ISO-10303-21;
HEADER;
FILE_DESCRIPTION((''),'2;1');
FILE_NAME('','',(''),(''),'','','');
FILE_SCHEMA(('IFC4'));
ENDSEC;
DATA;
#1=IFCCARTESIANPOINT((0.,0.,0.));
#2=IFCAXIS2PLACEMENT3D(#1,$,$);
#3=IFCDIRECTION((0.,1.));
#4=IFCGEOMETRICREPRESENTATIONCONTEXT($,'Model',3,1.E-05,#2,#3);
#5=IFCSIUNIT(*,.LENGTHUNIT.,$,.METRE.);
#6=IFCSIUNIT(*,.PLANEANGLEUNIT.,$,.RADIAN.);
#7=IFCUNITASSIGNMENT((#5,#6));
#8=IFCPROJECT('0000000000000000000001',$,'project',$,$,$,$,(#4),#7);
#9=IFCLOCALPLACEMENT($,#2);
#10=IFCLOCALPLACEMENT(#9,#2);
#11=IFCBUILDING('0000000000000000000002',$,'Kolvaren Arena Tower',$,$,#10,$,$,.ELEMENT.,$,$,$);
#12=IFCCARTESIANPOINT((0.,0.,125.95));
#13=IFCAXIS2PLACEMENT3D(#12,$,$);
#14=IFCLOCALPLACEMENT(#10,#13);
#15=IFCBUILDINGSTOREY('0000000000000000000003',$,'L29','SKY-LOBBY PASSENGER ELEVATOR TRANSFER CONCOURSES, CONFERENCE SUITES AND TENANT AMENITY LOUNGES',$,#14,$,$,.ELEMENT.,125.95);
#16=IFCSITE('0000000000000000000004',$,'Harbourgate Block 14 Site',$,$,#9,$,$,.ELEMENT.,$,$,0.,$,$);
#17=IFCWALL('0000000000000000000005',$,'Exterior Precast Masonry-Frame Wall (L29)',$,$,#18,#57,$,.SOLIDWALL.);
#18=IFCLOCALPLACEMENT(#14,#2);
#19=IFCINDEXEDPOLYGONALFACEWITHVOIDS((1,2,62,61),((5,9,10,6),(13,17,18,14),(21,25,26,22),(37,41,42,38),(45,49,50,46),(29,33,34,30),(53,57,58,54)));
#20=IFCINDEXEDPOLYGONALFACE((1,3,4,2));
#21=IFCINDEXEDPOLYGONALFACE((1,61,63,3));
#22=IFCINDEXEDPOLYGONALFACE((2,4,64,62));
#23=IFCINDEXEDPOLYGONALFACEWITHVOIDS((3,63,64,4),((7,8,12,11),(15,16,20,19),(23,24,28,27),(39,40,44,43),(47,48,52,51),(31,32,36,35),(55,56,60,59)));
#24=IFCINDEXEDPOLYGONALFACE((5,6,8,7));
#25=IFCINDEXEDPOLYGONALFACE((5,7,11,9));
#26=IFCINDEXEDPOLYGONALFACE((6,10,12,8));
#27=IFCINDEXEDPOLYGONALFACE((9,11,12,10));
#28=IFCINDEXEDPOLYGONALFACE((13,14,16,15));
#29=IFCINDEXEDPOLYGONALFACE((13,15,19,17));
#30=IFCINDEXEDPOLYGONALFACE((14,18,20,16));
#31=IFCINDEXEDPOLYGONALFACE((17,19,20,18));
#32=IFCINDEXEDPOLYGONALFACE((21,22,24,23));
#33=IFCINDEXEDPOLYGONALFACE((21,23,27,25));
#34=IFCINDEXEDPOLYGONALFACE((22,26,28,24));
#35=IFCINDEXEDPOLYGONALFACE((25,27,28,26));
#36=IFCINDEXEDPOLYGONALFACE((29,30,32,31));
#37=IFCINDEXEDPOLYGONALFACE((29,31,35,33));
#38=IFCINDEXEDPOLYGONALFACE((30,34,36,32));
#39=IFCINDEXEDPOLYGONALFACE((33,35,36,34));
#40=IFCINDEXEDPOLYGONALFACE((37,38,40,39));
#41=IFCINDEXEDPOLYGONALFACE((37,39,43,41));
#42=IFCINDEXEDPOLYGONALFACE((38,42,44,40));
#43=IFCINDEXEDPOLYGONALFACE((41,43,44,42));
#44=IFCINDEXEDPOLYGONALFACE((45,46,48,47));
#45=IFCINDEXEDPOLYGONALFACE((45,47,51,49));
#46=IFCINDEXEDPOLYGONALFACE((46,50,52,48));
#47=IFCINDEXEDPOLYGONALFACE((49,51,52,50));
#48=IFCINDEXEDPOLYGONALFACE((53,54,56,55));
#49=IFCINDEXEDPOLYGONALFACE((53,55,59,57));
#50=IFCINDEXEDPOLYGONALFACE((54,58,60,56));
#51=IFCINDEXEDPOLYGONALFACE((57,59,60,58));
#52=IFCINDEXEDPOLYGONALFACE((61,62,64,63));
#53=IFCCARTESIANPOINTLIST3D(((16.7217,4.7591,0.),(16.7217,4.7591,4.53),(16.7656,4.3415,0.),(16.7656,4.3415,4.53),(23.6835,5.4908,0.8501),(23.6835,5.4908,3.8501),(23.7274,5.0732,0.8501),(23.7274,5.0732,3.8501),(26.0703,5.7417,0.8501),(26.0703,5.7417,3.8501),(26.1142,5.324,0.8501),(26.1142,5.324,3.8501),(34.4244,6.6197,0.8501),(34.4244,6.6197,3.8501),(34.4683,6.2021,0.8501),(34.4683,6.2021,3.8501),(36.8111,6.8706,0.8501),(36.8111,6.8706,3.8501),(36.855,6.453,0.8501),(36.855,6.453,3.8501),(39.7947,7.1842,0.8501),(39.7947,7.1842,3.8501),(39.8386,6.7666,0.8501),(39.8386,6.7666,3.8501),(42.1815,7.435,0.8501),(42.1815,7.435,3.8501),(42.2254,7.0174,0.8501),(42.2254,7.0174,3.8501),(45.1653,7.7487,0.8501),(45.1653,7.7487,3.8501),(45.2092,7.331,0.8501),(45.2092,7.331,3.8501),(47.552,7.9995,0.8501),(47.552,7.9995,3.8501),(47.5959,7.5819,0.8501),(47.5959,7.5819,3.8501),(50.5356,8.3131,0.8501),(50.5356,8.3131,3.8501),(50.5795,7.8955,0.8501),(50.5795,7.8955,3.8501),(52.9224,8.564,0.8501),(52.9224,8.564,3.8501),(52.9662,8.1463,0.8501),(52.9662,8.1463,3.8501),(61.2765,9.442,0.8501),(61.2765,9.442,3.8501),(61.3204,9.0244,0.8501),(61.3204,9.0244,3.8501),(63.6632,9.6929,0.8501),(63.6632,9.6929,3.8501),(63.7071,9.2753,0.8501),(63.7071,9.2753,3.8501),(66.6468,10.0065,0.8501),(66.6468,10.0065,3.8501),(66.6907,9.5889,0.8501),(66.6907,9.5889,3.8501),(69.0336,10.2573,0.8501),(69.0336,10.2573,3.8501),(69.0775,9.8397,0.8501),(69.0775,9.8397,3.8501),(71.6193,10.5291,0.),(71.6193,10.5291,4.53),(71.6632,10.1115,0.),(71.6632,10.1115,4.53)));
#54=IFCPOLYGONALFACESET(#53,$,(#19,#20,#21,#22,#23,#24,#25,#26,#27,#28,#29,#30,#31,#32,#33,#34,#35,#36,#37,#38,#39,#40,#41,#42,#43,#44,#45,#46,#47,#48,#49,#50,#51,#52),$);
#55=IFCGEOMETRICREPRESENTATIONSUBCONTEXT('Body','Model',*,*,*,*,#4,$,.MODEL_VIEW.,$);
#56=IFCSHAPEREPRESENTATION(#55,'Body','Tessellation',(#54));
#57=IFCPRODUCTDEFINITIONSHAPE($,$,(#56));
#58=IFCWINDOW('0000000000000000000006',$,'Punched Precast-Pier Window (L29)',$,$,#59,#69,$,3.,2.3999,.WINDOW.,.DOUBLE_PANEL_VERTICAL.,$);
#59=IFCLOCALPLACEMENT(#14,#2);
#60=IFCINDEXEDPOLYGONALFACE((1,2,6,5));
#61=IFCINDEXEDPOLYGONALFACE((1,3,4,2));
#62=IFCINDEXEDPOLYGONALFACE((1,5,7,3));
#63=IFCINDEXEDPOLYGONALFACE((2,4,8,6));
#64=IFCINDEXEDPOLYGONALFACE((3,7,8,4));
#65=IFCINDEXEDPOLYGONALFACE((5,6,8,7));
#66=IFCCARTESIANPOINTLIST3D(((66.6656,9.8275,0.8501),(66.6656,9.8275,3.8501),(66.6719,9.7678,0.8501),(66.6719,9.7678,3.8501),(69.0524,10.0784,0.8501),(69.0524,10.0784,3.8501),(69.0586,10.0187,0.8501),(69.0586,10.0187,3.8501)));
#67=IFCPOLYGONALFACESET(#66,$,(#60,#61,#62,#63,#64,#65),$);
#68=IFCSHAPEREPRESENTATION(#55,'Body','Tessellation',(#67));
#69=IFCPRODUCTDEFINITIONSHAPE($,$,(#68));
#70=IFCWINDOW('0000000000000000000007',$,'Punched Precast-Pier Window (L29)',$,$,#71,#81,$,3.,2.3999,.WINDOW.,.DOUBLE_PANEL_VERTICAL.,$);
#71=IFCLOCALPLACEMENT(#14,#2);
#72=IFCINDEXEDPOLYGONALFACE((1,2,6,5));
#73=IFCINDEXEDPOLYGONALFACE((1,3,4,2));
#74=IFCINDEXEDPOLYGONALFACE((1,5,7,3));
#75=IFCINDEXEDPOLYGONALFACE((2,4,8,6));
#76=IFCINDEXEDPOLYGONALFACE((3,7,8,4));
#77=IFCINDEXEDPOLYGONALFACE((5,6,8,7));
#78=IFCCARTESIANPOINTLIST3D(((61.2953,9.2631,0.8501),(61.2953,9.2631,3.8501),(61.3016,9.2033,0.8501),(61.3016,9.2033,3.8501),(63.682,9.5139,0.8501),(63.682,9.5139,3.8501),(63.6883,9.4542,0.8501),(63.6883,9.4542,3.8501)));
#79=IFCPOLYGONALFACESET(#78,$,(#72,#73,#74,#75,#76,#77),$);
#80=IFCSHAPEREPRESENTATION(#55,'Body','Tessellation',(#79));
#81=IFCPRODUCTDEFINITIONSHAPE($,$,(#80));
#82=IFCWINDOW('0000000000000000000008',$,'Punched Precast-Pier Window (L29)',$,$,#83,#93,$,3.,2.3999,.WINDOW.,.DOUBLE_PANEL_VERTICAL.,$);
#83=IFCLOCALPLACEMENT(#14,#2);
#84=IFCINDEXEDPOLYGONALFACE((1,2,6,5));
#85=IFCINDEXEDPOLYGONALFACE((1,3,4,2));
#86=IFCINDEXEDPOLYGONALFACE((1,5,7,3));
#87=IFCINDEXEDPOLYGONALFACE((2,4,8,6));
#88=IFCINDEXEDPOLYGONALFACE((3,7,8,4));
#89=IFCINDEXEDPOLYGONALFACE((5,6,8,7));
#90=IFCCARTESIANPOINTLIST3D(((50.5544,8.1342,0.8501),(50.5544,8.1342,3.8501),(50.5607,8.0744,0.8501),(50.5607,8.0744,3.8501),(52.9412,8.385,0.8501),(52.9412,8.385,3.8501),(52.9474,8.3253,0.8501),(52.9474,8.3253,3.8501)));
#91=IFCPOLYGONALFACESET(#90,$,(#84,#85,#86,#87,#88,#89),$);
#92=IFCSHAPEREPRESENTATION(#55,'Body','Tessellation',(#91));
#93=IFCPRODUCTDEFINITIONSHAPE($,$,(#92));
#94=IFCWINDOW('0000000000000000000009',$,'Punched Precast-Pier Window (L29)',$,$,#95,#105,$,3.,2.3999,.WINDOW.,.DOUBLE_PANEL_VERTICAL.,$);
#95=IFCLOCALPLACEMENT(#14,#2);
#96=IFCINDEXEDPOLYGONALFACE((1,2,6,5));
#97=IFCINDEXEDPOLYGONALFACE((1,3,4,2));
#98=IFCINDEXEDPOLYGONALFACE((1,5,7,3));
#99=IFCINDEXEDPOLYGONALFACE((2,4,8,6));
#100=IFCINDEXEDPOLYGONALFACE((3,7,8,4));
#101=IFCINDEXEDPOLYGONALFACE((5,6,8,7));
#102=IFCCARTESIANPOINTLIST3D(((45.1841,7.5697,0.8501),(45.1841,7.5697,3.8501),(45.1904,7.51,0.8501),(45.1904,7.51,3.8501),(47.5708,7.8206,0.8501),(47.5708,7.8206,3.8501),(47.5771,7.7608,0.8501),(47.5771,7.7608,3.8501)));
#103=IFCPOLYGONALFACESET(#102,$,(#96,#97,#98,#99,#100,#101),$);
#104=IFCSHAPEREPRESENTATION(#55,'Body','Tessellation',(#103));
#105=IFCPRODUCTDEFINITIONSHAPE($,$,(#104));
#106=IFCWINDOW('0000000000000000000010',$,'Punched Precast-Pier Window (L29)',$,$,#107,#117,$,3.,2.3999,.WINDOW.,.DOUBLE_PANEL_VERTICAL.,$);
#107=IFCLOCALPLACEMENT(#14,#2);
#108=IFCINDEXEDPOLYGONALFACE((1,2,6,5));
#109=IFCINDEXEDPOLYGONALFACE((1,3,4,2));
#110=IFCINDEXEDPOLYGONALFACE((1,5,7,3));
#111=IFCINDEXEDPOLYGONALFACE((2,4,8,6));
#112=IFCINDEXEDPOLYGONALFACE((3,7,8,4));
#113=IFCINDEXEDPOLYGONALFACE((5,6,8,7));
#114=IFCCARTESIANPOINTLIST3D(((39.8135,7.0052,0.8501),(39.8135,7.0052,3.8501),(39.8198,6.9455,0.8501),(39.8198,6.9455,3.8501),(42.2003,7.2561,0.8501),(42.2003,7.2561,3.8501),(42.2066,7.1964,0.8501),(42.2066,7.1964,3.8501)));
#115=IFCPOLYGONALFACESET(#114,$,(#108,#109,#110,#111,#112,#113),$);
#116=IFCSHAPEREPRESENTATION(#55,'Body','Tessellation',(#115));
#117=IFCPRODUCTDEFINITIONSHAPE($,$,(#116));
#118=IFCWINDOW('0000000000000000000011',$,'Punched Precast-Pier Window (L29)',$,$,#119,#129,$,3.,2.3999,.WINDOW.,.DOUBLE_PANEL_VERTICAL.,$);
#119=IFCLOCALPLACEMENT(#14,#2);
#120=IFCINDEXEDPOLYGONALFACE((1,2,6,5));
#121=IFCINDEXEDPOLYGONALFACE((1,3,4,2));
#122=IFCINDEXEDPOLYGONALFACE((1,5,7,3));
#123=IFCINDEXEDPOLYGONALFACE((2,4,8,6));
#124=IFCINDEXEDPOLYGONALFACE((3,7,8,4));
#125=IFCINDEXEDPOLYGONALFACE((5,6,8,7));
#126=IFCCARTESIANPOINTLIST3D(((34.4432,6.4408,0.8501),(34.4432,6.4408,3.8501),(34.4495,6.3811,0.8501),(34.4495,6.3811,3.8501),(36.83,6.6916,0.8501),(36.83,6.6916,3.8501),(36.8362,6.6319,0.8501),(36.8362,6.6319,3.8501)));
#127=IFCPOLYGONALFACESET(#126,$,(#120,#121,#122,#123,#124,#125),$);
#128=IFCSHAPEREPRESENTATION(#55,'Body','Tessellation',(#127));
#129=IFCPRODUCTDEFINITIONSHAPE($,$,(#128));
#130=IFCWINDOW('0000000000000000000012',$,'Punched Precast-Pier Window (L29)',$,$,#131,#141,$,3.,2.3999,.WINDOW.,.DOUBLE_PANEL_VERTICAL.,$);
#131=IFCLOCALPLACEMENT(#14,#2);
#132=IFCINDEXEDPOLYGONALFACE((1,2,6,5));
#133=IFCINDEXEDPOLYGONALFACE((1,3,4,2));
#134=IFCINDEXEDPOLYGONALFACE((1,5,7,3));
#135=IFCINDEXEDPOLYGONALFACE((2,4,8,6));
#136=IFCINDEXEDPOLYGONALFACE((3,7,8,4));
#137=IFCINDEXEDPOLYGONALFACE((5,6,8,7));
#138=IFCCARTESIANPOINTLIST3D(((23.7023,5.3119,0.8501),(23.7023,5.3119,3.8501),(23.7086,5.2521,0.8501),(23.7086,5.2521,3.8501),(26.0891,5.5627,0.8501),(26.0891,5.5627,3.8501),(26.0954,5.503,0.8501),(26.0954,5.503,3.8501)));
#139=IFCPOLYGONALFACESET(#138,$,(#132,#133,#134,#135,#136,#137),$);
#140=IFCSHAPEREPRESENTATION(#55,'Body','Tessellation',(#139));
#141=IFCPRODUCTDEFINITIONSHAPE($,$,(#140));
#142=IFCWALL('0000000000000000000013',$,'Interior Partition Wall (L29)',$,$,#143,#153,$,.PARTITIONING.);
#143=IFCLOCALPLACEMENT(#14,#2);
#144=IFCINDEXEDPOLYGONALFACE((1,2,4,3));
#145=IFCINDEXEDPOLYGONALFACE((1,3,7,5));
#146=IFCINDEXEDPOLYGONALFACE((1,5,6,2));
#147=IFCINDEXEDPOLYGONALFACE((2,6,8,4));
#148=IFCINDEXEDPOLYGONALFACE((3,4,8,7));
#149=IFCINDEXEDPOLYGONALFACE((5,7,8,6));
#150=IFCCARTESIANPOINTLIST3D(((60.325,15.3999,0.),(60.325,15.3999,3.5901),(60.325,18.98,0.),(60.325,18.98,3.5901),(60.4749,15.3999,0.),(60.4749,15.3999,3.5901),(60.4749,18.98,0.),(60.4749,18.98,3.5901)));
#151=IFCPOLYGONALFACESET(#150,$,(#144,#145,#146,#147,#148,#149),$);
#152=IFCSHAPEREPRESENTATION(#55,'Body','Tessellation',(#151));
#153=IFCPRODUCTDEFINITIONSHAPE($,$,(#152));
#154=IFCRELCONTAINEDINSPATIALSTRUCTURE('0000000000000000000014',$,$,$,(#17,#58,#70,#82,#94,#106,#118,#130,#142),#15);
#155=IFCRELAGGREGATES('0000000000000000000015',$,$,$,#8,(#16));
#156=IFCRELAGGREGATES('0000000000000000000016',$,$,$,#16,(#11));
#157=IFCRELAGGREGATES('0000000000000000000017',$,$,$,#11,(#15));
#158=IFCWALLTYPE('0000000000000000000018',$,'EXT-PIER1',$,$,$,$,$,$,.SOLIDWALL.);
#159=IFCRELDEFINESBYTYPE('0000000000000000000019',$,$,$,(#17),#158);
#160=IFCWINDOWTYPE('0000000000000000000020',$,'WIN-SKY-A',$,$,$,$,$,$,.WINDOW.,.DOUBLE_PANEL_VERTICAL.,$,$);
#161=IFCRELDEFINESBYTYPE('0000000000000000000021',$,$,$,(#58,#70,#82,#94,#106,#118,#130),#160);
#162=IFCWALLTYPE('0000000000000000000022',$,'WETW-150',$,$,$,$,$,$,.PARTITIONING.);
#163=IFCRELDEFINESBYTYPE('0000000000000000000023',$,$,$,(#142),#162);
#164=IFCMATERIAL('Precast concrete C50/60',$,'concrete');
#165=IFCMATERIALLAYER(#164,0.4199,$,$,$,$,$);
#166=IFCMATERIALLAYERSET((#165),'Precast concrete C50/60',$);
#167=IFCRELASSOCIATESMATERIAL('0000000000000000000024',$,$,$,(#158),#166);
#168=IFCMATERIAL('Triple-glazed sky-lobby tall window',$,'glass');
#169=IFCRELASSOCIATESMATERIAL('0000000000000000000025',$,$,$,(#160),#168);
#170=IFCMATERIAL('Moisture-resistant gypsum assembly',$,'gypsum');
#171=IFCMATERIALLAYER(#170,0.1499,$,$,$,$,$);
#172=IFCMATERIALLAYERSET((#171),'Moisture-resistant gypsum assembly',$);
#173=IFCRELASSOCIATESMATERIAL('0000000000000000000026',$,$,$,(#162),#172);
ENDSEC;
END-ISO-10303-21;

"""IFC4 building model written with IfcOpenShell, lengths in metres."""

from ifc_helpers import new_model, si_unit, direction, frame, frame_2d, origin, place, context, subcontext, project, spatial, rectangle, extrude, material, layer, layer_set, type_object, element, fill, save


model = new_model("IFC4")

# Units and contexts
model_context = context("Model", 3, precision=1e-05, world=origin(), true_north=direction((0.0, 1.0)))
body_context = subcontext(model_context, "Body", "Model", "MODEL_VIEW")
ifc_project = project(units=[si_unit("LENGTHUNIT", "METRE"), si_unit("PLANEANGLEUNIT", "RADIAN")], contexts=[model_context])

# Site, building, storey
site_placement = place(None, origin())
site = spatial("IfcSite", under=ifc_project, at=site_placement, Name="Harbourgate Block 14 Site", CompositionType="ELEMENT", RefElevation=0.0)
building_placement = place(site_placement, origin())
building = spatial("IfcBuilding", under=site, at=building_placement, Name="Kolvaren Arena Tower", CompositionType="ELEMENT")
storey_placement = place(building_placement, frame((0.0, 0.0, 125.95)))
storey = spatial("IfcBuildingStorey", under=building, at=storey_placement, Name="L29", Description="SKY-LOBBY PASSENGER ELEVATOR TRANSFER CONCOURSES, CONFERENCE SUITES AND TENANT AMENITY LOUNGES", CompositionType="ELEMENT", Elevation=125.95)

# Shared definitions
ifc_material_1 = material(Name="Precast concrete C50/60", Category="concrete")
ifc_layer_1 = layer(ifc_material_1, 0.4199)
ifc_layer_set_1 = layer_set([ifc_layer_1], Name="Precast concrete C50/60")
wall_type_1 = type_object("IfcWallType", Name="EXT-PIER1", PredefinedType="SOLIDWALL", material=ifc_layer_set_1)

# Wall, openings, windows
wall_1_placement = place(storey_placement, frame((71.6414, 10.3203, 0.0), z_axis=(0.0, 0.0, 1.0), x_axis=(-0.994522, -0.10453, 0.0)))
wall_1 = element("IfcWall", 1, at=wall_1_placement, inside=storey, type_object=wall_type_1, Name="Exterior Precast Masonry-Frame Wall (L29)", PredefinedType="SOLIDWALL", context=body_context, shape_type="SweptSolid", body=[
    extrude(rectangle(XDim=55.2, YDim=0.4199, at=frame_2d((27.6001, 0.0))), origin(), (0.0, 0.0, 1.0), 4.53),
])
opening_1_placement = place(wall_1_placement, frame((2.6001, 0.0, 0.8501)))
opening_1 = element("IfcOpeningElement", 2, at=opening_1_placement, cuts=wall_1, PredefinedType="OPENING", context=body_context, shape_type="SweptSolid", body=[
    extrude(rectangle(XDim=2.3999, YDim=3.0, at=frame_2d((1.2, 1.5))), frame((0.0, 0.22, 0.0), z_axis=(0.0, -1.0, 0.0), x_axis=(1.0, 0.0, 0.0)), (0.0, 0.0, 1.0), 0.4399),
])
opening_2_placement = place(wall_1_placement, frame((8.0, 0.0, 0.8501)))
opening_2 = element("IfcOpeningElement", 3, at=opening_2_placement, cuts=wall_1, PredefinedType="OPENING", context=body_context, shape_type="SweptSolid", body=[
    extrude(rectangle(XDim=2.3999, YDim=3.0, at=frame_2d((1.2, 1.5))), frame((0.0, 0.22, 0.0), z_axis=(0.0, -1.0, 0.0), x_axis=(1.0, 0.0, 0.0)), (0.0, 0.0, 1.0), 0.4399),
])
opening_3_placement = place(wall_1_placement, frame((18.8, 0.0, 0.8501)))
opening_3 = element("IfcOpeningElement", 4, at=opening_3_placement, cuts=wall_1, PredefinedType="OPENING", context=body_context, shape_type="SweptSolid", body=[
    extrude(rectangle(XDim=2.3999, YDim=3.0, at=frame_2d((1.2, 1.5))), frame((0.0, 0.22, 0.0), z_axis=(0.0, -1.0, 0.0), x_axis=(1.0, 0.0, 0.0)), (0.0, 0.0, 1.0), 0.4399),
])
opening_4_placement = place(wall_1_placement, frame((24.2, 0.0, 0.8501)))
opening_4 = element("IfcOpeningElement", 5, at=opening_4_placement, cuts=wall_1, PredefinedType="OPENING", context=body_context, shape_type="SweptSolid", body=[
    extrude(rectangle(XDim=2.3999, YDim=3.0, at=frame_2d((1.2, 1.5))), frame((0.0, 0.22, 0.0), z_axis=(0.0, -1.0, 0.0), x_axis=(1.0, 0.0, 0.0)), (0.0, 0.0, 1.0), 0.4399),
])
opening_5_placement = place(wall_1_placement, frame((29.6001, 0.0, 0.8501)))
opening_5 = element("IfcOpeningElement", 6, at=opening_5_placement, cuts=wall_1, PredefinedType="OPENING", context=body_context, shape_type="SweptSolid", body=[
    extrude(rectangle(XDim=2.3999, YDim=3.0, at=frame_2d((1.2, 1.5))), frame((0.0, 0.22, 0.0), z_axis=(0.0, -1.0, 0.0), x_axis=(1.0, 0.0, 0.0)), (0.0, 0.0, 1.0), 0.4399),
])
opening_6_placement = place(wall_1_placement, frame((35.0, 0.0, 0.8501)))
opening_6 = element("IfcOpeningElement", 7, at=opening_6_placement, cuts=wall_1, PredefinedType="OPENING", context=body_context, shape_type="SweptSolid", body=[
    extrude(rectangle(XDim=2.3999, YDim=3.0, at=frame_2d((1.2, 1.5))), frame((0.0, 0.22, 0.0), z_axis=(0.0, -1.0, 0.0), x_axis=(1.0, 0.0, 0.0)), (0.0, 0.0, 1.0), 0.4399),
])
opening_7_placement = place(wall_1_placement, frame((45.8, 0.0, 0.8501)))
opening_7 = element("IfcOpeningElement", 8, at=opening_7_placement, cuts=wall_1, PredefinedType="OPENING", context=body_context, shape_type="SweptSolid", body=[
    extrude(rectangle(XDim=2.3999, YDim=3.0, at=frame_2d((1.2, 1.5))), frame((0.0, 0.22, 0.0), z_axis=(0.0, -1.0, 0.0), x_axis=(1.0, 0.0, 0.0)), (0.0, 0.0, 1.0), 0.4399),
])
ifc_material_2 = material(Name="Triple-glazed sky-lobby tall window", Category="glass")
window_type = type_object("IfcWindowType", Name="WIN-SKY-A", PartitioningType="DOUBLE_PANEL_VERTICAL", PredefinedType="WINDOW", material=ifc_material_2)
window_1_placement = place(opening_1_placement, origin())
window_1 = element("IfcWindow", 9, at=window_1_placement, inside=storey, type_object=window_type, Name="Punched Precast-Pier Window (L29)", OverallHeight=3.0, OverallWidth=2.3999, PartitioningType="DOUBLE_PANEL_VERTICAL", PredefinedType="WINDOW", context=body_context, shape_type="SweptSolid", body=[
    extrude(rectangle(XDim=2.3999, YDim=3.0, at=frame_2d((1.2, 1.5))), frame((0.0, 0.03, 0.0), z_axis=(0.0, -1.0, 0.0), x_axis=(1.0, 0.0, 0.0)), (0.0, 0.0, 1.0), 0.0601),
])
fill(opening_1, window_1)
window_2_placement = place(opening_2_placement, origin())
window_2 = element("IfcWindow", 10, at=window_2_placement, inside=storey, type_object=window_type, Name="Punched Precast-Pier Window (L29)", OverallHeight=3.0, OverallWidth=2.3999, PartitioningType="DOUBLE_PANEL_VERTICAL", PredefinedType="WINDOW", context=body_context, shape_type="SweptSolid", body=[
    extrude(rectangle(XDim=2.3999, YDim=3.0, at=frame_2d((1.2, 1.5))), frame((0.0, 0.03, 0.0), z_axis=(0.0, -1.0, 0.0), x_axis=(1.0, 0.0, 0.0)), (0.0, 0.0, 1.0), 0.0601),
])
fill(opening_2, window_2)
window_3_placement = place(opening_3_placement, origin())
window_3 = element("IfcWindow", 11, at=window_3_placement, inside=storey, type_object=window_type, Name="Punched Precast-Pier Window (L29)", OverallHeight=3.0, OverallWidth=2.3999, PartitioningType="DOUBLE_PANEL_VERTICAL", PredefinedType="WINDOW", context=body_context, shape_type="SweptSolid", body=[
    extrude(rectangle(XDim=2.3999, YDim=3.0, at=frame_2d((1.2, 1.5))), frame((0.0, 0.03, 0.0), z_axis=(0.0, -1.0, 0.0), x_axis=(1.0, 0.0, 0.0)), (0.0, 0.0, 1.0), 0.0601),
])
fill(opening_3, window_3)
window_4_placement = place(opening_4_placement, origin())
window_4 = element("IfcWindow", 12, at=window_4_placement, inside=storey, type_object=window_type, Name="Punched Precast-Pier Window (L29)", OverallHeight=3.0, OverallWidth=2.3999, PartitioningType="DOUBLE_PANEL_VERTICAL", PredefinedType="WINDOW", context=body_context, shape_type="SweptSolid", body=[
    extrude(rectangle(XDim=2.3999, YDim=3.0, at=frame_2d((1.2, 1.5))), frame((0.0, 0.03, 0.0), z_axis=(0.0, -1.0, 0.0), x_axis=(1.0, 0.0, 0.0)), (0.0, 0.0, 1.0), 0.0601),
])
fill(opening_4, window_4)
window_5_placement = place(opening_5_placement, origin())
window_5 = element("IfcWindow", 13, at=window_5_placement, inside=storey, type_object=window_type, Name="Punched Precast-Pier Window (L29)", OverallHeight=3.0, OverallWidth=2.3999, PartitioningType="DOUBLE_PANEL_VERTICAL", PredefinedType="WINDOW", context=body_context, shape_type="SweptSolid", body=[
    extrude(rectangle(XDim=2.3999, YDim=3.0, at=frame_2d((1.2, 1.5))), frame((0.0, 0.03, 0.0), z_axis=(0.0, -1.0, 0.0), x_axis=(1.0, 0.0, 0.0)), (0.0, 0.0, 1.0), 0.0601),
])
fill(opening_5, window_5)
window_6_placement = place(opening_6_placement, origin())
window_6 = element("IfcWindow", 14, at=window_6_placement, inside=storey, type_object=window_type, Name="Punched Precast-Pier Window (L29)", OverallHeight=3.0, OverallWidth=2.3999, PartitioningType="DOUBLE_PANEL_VERTICAL", PredefinedType="WINDOW", context=body_context, shape_type="SweptSolid", body=[
    extrude(rectangle(XDim=2.3999, YDim=3.0, at=frame_2d((1.2, 1.5))), frame((0.0, 0.03, 0.0), z_axis=(0.0, -1.0, 0.0), x_axis=(1.0, 0.0, 0.0)), (0.0, 0.0, 1.0), 0.0601),
])
fill(opening_6, window_6)
window_7_placement = place(opening_7_placement, origin())
window_7 = element("IfcWindow", 15, at=window_7_placement, inside=storey, type_object=window_type, Name="Punched Precast-Pier Window (L29)", OverallHeight=3.0, OverallWidth=2.3999, PartitioningType="DOUBLE_PANEL_VERTICAL", PredefinedType="WINDOW", context=body_context, shape_type="SweptSolid", body=[
    extrude(rectangle(XDim=2.3999, YDim=3.0, at=frame_2d((1.2, 1.5))), frame((0.0, 0.03, 0.0), z_axis=(0.0, -1.0, 0.0), x_axis=(1.0, 0.0, 0.0)), (0.0, 0.0, 1.0), 0.0601),
])
fill(opening_7, window_7)

# Wall
ifc_material_3 = material(Name="Moisture-resistant gypsum assembly", Category="gypsum")
ifc_layer_2 = layer(ifc_material_3, 0.1499)
ifc_layer_set_2 = layer_set([ifc_layer_2], Name="Moisture-resistant gypsum assembly")
wall_type_2 = type_object("IfcWallType", Name="WETW-150", PredefinedType="PARTITIONING", material=ifc_layer_set_2)
wall_2_placement = place(storey_placement, frame((60.3999, 15.3999, 0.0), z_axis=(0.0, 0.0, 1.0), x_axis=(0.0, 1.0, 0.0)))
element("IfcWall", 16, at=wall_2_placement, inside=storey, type_object=wall_type_2, Name="Interior Partition Wall (L29)", PredefinedType="PARTITIONING", context=body_context, shape_type="SweptSolid", body=[
    extrude(rectangle(XDim=3.5801, YDim=0.1499, at=frame_2d((1.79, 0.0))), origin(), (0.0, 0.0, 1.0), 3.5901),
])

save(model, "model.ifc")
